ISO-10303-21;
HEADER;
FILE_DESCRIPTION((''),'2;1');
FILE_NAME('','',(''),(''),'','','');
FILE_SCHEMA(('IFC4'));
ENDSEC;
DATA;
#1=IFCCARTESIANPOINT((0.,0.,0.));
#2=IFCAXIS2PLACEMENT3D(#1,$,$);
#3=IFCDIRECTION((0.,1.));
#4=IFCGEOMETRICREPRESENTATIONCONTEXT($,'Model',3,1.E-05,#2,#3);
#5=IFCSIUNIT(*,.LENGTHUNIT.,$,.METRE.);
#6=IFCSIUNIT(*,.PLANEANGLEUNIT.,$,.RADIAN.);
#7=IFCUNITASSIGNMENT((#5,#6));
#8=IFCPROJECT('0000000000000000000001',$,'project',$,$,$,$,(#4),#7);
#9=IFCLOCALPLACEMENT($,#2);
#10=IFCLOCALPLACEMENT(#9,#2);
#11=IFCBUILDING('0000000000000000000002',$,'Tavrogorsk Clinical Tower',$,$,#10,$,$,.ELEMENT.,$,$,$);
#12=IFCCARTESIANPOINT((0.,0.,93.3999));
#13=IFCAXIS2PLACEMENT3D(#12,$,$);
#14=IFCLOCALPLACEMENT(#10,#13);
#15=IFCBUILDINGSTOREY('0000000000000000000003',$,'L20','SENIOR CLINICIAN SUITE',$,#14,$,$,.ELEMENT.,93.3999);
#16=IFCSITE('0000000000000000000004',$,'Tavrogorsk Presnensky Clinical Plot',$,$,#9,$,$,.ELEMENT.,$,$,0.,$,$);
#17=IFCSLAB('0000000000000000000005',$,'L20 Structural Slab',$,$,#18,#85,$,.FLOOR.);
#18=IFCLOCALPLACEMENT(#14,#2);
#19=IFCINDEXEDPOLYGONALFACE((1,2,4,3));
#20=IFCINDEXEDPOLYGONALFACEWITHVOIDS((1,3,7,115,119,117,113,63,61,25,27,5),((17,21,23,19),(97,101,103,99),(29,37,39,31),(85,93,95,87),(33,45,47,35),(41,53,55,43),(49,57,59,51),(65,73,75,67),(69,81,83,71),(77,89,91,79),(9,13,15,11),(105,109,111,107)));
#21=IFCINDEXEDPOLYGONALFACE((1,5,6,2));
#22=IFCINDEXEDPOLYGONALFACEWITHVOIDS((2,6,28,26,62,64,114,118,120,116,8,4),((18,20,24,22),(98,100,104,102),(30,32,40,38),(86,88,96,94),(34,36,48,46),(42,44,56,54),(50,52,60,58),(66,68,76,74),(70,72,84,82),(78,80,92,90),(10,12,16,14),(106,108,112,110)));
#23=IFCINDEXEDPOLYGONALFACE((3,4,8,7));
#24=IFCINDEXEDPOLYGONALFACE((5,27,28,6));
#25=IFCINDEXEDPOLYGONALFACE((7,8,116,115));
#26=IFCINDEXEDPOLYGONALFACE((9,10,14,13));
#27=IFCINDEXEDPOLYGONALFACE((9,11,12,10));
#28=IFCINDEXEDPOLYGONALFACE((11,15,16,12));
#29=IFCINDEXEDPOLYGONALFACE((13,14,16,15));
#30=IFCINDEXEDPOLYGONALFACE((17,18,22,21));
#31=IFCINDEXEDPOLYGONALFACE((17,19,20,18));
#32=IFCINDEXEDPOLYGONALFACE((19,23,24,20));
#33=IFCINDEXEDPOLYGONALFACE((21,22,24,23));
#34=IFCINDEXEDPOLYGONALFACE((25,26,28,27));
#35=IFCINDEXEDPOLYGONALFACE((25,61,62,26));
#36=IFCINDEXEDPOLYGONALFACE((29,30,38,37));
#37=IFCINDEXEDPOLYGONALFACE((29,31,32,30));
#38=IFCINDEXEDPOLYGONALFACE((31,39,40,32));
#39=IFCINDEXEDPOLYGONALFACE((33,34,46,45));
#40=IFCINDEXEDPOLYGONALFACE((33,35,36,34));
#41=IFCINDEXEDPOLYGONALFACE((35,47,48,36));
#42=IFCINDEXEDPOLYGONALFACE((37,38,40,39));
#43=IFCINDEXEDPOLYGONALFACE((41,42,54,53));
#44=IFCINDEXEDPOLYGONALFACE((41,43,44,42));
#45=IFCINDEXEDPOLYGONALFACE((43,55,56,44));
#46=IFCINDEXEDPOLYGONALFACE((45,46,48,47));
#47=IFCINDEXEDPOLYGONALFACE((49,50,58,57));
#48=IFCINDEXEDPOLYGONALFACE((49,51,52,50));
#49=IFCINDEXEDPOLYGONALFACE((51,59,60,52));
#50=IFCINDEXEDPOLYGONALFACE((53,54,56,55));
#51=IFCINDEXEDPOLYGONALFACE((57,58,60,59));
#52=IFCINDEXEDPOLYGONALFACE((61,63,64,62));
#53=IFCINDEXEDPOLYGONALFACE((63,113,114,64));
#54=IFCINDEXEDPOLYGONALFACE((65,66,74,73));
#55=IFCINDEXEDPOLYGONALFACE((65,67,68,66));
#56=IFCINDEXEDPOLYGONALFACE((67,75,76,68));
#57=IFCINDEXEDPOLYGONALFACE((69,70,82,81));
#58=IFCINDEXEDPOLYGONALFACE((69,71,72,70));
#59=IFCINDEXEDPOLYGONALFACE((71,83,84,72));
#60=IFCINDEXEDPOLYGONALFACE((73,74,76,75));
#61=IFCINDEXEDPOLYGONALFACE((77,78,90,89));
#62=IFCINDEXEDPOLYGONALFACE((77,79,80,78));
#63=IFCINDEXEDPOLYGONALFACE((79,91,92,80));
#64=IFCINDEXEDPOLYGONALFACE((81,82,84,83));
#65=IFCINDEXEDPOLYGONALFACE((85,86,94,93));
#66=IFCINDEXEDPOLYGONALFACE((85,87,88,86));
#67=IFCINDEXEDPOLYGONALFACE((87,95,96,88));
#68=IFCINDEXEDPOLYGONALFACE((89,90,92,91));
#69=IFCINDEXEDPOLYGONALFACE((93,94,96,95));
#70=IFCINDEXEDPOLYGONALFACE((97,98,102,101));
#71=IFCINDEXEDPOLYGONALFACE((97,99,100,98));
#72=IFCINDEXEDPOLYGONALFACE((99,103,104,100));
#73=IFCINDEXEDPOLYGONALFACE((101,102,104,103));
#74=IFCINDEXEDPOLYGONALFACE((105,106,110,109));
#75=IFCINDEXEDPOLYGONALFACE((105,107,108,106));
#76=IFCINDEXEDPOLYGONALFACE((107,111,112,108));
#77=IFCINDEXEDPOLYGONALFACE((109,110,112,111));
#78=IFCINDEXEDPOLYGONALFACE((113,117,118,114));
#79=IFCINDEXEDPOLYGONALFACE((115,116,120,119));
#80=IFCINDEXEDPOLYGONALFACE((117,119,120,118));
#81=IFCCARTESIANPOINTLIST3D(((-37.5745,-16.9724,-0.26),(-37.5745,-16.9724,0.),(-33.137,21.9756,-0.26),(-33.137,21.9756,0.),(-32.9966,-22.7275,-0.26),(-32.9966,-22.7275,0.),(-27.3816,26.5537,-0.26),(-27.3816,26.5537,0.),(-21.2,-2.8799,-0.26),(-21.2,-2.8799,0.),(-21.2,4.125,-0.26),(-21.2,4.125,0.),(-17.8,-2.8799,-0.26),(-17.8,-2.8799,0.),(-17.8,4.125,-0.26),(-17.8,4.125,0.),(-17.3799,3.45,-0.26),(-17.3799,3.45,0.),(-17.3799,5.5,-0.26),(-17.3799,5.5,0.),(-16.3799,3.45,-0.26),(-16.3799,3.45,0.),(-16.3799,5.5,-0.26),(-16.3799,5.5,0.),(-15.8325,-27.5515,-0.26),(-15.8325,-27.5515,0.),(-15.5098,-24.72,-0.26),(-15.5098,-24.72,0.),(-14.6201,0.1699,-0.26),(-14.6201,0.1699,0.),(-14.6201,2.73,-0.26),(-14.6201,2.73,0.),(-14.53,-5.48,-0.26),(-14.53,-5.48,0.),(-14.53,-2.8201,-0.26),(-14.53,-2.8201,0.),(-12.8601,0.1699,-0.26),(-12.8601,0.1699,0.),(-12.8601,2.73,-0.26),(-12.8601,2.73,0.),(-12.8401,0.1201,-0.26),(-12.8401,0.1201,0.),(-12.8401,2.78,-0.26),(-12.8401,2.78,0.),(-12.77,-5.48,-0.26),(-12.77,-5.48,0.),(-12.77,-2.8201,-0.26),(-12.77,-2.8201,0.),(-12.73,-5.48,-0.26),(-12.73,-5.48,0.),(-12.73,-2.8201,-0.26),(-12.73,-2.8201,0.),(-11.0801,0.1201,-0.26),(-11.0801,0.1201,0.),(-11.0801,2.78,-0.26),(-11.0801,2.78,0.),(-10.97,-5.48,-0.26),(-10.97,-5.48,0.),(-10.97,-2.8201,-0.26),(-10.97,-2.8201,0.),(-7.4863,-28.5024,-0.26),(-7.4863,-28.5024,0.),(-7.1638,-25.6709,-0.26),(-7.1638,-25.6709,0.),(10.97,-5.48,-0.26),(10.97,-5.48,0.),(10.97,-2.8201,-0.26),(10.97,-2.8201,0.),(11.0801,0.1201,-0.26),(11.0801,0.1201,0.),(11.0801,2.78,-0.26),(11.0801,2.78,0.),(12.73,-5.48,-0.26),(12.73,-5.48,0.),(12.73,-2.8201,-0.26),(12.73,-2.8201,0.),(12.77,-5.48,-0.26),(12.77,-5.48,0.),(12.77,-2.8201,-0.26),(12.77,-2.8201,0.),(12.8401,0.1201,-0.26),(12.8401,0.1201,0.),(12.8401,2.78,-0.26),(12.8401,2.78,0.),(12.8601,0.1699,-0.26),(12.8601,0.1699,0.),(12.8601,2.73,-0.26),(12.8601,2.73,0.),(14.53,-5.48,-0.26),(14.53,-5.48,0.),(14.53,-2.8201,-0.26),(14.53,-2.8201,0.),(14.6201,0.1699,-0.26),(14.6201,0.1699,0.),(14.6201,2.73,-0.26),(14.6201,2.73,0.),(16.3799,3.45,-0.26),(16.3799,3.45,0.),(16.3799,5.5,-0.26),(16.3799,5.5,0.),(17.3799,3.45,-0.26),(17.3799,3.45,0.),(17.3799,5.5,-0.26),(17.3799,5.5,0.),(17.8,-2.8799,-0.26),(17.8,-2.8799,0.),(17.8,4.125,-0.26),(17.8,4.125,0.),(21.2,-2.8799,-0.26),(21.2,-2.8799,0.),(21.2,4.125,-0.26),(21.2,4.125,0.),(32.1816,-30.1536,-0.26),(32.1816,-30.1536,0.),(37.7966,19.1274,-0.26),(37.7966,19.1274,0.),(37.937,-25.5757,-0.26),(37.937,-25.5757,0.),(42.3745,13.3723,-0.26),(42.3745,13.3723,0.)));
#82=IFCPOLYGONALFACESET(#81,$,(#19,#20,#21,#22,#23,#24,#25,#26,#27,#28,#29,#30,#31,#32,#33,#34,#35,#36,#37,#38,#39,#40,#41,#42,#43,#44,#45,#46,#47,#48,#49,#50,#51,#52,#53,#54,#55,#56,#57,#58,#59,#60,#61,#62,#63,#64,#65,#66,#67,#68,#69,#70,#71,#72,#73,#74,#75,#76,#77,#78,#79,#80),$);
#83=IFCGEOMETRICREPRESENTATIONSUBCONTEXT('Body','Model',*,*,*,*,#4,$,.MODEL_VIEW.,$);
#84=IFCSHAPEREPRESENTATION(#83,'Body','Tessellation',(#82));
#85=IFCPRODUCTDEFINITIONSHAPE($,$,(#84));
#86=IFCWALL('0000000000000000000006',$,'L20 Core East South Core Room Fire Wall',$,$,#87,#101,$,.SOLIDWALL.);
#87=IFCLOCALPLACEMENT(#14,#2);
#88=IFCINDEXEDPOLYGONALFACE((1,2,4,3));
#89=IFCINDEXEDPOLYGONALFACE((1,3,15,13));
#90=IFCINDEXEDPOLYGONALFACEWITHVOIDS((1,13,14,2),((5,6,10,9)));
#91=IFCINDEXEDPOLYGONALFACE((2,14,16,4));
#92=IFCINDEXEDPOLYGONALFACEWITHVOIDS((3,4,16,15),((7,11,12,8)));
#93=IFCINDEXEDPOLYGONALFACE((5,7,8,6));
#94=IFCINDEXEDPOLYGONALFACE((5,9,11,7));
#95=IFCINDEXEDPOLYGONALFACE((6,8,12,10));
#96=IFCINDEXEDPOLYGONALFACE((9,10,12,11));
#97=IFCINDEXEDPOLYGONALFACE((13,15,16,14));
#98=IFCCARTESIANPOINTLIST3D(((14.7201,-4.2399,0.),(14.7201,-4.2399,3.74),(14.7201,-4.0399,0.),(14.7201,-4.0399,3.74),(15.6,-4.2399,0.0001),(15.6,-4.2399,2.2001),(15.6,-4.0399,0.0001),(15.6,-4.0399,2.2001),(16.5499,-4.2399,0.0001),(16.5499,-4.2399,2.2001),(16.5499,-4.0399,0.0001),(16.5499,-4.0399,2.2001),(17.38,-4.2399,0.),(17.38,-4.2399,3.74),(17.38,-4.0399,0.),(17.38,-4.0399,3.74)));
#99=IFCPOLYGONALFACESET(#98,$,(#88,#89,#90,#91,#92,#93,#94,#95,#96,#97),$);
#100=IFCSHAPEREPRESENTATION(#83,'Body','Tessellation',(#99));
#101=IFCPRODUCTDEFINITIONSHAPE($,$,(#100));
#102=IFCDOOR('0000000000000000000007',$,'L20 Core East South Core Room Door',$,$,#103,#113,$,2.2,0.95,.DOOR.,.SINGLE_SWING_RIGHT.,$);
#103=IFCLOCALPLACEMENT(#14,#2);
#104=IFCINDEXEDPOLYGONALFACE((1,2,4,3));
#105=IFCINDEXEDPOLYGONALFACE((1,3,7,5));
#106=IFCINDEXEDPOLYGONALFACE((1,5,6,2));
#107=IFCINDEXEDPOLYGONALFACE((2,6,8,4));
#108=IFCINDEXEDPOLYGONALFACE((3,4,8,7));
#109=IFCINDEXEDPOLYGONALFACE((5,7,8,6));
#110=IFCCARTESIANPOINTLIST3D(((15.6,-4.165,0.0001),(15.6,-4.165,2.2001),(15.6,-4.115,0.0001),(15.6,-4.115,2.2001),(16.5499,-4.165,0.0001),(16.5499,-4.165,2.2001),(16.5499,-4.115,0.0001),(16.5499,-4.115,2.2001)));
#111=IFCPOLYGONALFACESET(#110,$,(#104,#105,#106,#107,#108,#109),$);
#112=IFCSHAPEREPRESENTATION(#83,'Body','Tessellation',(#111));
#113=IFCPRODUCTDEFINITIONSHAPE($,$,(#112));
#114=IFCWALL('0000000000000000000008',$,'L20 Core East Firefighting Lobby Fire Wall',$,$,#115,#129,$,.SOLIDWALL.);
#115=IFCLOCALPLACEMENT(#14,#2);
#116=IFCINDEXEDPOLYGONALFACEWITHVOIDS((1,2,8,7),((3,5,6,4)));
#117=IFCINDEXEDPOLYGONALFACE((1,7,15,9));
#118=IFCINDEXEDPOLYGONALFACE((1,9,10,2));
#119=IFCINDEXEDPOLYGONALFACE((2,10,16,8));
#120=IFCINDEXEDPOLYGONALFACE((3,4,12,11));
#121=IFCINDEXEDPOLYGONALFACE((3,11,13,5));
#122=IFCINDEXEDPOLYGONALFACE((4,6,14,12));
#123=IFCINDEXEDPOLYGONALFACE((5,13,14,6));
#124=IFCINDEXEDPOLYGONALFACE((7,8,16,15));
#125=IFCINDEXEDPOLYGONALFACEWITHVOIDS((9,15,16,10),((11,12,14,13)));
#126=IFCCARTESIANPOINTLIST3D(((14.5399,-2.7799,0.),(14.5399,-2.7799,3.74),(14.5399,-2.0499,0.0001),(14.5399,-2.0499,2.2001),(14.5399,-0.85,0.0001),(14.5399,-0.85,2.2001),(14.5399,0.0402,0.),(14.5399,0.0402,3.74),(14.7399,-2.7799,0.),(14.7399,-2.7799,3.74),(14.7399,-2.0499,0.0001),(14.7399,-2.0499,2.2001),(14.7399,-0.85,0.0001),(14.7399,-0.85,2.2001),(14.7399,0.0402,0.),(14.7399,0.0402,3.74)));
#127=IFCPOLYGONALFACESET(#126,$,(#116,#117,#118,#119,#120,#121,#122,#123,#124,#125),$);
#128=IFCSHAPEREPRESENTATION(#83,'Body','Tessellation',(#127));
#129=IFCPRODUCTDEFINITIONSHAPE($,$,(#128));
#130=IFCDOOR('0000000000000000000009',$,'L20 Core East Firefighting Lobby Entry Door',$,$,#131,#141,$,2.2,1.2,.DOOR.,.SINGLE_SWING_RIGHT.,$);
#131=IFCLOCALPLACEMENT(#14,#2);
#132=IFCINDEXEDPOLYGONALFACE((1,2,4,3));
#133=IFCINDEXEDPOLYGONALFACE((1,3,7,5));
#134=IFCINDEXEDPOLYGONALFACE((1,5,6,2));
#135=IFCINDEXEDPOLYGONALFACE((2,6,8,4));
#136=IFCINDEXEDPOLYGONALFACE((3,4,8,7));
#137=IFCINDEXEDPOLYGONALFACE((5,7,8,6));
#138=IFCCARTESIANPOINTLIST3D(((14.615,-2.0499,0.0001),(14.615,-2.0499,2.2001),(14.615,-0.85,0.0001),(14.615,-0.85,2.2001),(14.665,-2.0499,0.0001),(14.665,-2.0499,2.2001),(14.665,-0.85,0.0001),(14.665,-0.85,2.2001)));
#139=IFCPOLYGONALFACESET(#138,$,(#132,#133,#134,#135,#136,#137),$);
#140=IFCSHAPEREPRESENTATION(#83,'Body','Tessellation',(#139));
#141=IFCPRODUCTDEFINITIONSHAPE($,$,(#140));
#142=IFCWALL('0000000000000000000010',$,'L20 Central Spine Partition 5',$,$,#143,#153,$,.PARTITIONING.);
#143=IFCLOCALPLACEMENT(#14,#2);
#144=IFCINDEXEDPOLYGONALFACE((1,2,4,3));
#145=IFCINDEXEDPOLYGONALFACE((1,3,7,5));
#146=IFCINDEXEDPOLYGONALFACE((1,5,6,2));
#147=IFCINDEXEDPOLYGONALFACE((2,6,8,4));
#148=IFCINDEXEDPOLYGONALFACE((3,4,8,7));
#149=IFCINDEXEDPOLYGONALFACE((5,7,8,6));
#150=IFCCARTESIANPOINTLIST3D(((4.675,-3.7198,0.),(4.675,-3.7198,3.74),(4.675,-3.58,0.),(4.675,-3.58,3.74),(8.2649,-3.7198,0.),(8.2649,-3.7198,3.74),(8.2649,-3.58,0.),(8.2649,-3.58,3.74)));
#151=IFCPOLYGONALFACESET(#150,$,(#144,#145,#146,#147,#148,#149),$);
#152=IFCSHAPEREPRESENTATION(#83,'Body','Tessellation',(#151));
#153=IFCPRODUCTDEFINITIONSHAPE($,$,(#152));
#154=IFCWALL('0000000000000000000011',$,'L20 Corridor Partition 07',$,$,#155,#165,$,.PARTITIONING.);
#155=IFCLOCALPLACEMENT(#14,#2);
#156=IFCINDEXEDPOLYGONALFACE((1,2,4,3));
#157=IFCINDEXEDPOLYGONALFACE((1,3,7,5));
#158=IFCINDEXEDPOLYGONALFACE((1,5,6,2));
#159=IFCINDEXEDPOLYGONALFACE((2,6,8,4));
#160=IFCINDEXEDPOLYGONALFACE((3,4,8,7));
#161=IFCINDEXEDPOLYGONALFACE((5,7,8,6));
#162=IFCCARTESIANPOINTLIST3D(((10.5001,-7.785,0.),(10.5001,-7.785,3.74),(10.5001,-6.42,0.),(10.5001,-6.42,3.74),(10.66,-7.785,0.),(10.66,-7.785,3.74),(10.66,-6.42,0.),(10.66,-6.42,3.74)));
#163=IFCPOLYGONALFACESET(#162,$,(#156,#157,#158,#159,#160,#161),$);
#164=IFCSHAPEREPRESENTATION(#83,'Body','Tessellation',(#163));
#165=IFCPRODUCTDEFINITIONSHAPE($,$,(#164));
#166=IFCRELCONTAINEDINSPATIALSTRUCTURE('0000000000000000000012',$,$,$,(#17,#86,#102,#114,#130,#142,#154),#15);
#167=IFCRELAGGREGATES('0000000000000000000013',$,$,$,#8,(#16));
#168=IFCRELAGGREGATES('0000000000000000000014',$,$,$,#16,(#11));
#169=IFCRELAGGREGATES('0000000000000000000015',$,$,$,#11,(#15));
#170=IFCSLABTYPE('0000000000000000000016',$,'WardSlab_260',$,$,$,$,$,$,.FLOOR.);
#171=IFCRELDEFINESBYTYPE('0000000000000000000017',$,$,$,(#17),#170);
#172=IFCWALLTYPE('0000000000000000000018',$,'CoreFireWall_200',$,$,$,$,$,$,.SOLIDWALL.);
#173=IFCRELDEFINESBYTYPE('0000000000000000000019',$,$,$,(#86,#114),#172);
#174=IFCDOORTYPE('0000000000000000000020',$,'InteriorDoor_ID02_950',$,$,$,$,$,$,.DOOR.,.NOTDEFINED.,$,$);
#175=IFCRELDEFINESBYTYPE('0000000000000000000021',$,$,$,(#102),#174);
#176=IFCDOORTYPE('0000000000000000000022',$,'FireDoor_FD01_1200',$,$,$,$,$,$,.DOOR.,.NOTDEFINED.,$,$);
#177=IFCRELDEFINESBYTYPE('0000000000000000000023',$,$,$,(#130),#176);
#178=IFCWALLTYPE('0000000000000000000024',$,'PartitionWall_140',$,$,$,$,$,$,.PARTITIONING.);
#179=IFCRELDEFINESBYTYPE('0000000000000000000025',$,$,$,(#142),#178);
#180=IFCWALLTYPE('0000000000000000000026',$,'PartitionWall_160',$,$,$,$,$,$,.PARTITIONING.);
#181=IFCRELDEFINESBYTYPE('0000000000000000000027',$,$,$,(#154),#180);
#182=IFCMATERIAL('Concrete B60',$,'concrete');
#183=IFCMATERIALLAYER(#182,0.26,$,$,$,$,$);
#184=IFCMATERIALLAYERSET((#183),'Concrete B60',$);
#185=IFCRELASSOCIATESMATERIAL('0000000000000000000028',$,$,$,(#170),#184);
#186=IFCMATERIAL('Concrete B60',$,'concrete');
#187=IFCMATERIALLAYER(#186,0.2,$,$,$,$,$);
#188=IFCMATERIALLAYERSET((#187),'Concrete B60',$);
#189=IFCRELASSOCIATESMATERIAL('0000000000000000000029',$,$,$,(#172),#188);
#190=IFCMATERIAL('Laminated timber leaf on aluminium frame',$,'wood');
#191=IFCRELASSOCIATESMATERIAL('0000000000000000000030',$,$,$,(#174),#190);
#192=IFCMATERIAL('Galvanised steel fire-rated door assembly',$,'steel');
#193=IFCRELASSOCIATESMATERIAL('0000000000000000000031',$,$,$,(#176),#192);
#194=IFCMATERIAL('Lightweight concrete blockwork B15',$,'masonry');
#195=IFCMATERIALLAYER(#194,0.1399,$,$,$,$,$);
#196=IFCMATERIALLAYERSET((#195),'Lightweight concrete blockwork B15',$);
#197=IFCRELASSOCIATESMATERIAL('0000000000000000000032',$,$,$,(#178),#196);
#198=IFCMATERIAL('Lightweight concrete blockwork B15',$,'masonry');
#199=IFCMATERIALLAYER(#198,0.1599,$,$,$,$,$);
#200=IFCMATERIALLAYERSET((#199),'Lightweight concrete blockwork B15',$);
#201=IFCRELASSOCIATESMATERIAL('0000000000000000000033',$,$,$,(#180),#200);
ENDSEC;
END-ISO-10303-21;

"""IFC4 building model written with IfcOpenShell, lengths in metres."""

from ifc_helpers import new_model, si_unit, direction, frame, frame_2d, origin, place, context, subcontext, project, spatial, polyline, rectangle, outline, extrude, material, layer, layer_set, type_object, element, fill, save


model = new_model("IFC4")

# Units and contexts
model_context = context("Model", 3, precision=1e-05, world=origin(), true_north=direction((0.0, 1.0)))
body_context = subcontext(model_context, "Body", "Model", "MODEL_VIEW")
ifc_project = project(units=[si_unit("LENGTHUNIT", "METRE"), si_unit("PLANEANGLEUNIT", "RADIAN")], contexts=[model_context])

# Site, building, storey
site_placement = place(None, origin())
site = spatial("IfcSite", under=ifc_project, at=site_placement, Name="Tavrogorsk Presnensky Clinical Plot", CompositionType="ELEMENT", RefElevation=0.0)
building_placement = place(site_placement, origin())
building = spatial("IfcBuilding", under=site, at=building_placement, Name="Tavrogorsk Clinical Tower", CompositionType="ELEMENT")
storey_placement = place(building_placement, frame((0.0, 0.0, 93.3999)))
storey = spatial("IfcBuildingStorey", under=building, at=storey_placement, Name="L20", Description="SENIOR CLINICIAN SUITE", CompositionType="ELEMENT", Elevation=93.3999)

# Slab
ifc_material_1 = material(Name="Concrete B60", Category="concrete")
ifc_layer_1 = layer(ifc_material_1, 0.26)
ifc_layer_set_1 = layer_set([ifc_layer_1], Name="Concrete B60")
slab_type_1 = type_object("IfcSlabType", Name="WardSlab_260", PredefinedType="FLOOR", material=ifc_layer_set_1)
slab_1_placement = place(storey_placement, frame((0.0, 0.0, -0.26)))
element("IfcSlab", 1, at=slab_1_placement, inside=storey, type_object=slab_type_1, Name="L20 Structural Slab", PredefinedType="FLOOR", context=body_context, shape_type="SweptSolid", body=[
    extrude(outline(polyline([(-32.9966, -22.7275), (-37.5745, -16.9724), (-33.137, 21.9756), (-27.3816, 26.5537), (37.7966, 19.1274), (42.3745, 13.3723), (37.937, -25.5757), (32.1816, -30.1536), (-7.1638, -25.6709), (-7.4863, -28.5024), (-15.8325, -27.5515), (-15.5098, -24.72), (-32.9966, -22.7275)]), holes=[polyline([(-17.8, -2.8799), (-17.8, 4.125), (-21.2, 4.125), (-21.2, -2.8799), (-17.8, -2.8799)]), polyline([(21.2, -2.8799), (21.2, 4.125), (17.8, 4.125), (17.8, -2.8799), (21.2, -2.8799)]), polyline([(-14.6201, 0.1699), (-12.8601, 0.1699), (-12.8601, 2.73), (-14.6201, 2.73), (-14.6201, 0.1699)]), polyline([(-14.53, -5.48), (-12.77, -5.48), (-12.77, -2.8201), (-14.53, -2.8201), (-14.53, -5.48)]), polyline([(-12.73, -5.48), (-10.97, -5.48), (-10.97, -2.8201), (-12.73, -2.8201), (-12.73, -5.48)]), polyline([(-12.8401, 0.1201), (-11.0801, 0.1201), (-11.0801, 2.78), (-12.8401, 2.78), (-12.8401, 0.1201)]), polyline([(12.8601, 0.1699), (14.6201, 0.1699), (14.6201, 2.73), (12.8601, 2.73), (12.8601, 0.1699)]), polyline([(12.77, -5.48), (14.53, -5.48), (14.53, -2.8201), (12.77, -2.8201), (12.77, -5.48)]), polyline([(10.97, -5.48), (12.73, -5.48), (12.73, -2.8201), (10.97, -2.8201), (10.97, -5.48)]), polyline([(11.0801, 0.1201), (12.8401, 0.1201), (12.8401, 2.78), (11.0801, 2.78), (11.0801, 0.1201)]), polyline([(-17.3799, 3.45), (-16.3799, 3.45), (-16.3799, 5.5), (-17.3799, 5.5), (-17.3799, 3.45)]), polyline([(16.3799, 3.45), (17.3799, 3.45), (17.3799, 5.5), (16.3799, 5.5), (16.3799, 3.45)])]), origin(), (0.0, 0.0, 1.0), 0.26),
])

# Walls, openings, doors
ifc_material_2 = material(Name="Concrete B60", Category="concrete")
ifc_layer_2 = layer(ifc_material_2, 0.2)
ifc_layer_set_2 = layer_set([ifc_layer_2], Name="Concrete B60")
wall_type_1 = type_object("IfcWallType", Name="CoreFireWall_200", PredefinedType="SOLIDWALL", material=ifc_layer_set_2)
wall_1_placement = place(storey_placement, frame((14.72, -4.1399, 0.0), z_axis=(0.0, 0.0, 1.0), x_axis=(1.0, 0.0, 0.0)))
wall_1 = element("IfcWall", 2, at=wall_1_placement, inside=storey, type_object=wall_type_1, Name="L20 Core East South Core Room Fire Wall", PredefinedType="SOLIDWALL", context=body_context, shape_type="SweptSolid", body=[
    extrude(rectangle(XDim=2.6599, YDim=0.2, at=frame_2d((1.3301, 0.0))), origin(), (0.0, 0.0, 1.0), 3.74),
])
opening_1_placement = place(wall_1_placement, frame((0.8799, 0.0, 0.0)))
opening_1 = element("IfcOpeningElement", 3, at=opening_1_placement, cuts=wall_1, PredefinedType="OPENING", context=body_context, shape_type="SweptSolid", body=[
    extrude(rectangle(XDim=0.95, YDim=2.2, at=frame_2d((0.4751, 1.1001))), frame((0.0, 0.1099, 0.0), z_axis=(0.0, -1.0, 0.0), x_axis=(1.0, 0.0, 0.0)), (0.0, 0.0, 1.0), 0.22),
])
ifc_material_3 = material(Name="Laminated timber leaf on aluminium frame", Category="wood")
door_type_1 = type_object("IfcDoorType", Name="InteriorDoor_ID02_950", OperationType="NOTDEFINED", PredefinedType="DOOR", material=ifc_material_3)
door_1_placement = place(opening_1_placement, origin())
door_1 = element("IfcDoor", 4, at=door_1_placement, inside=storey, type_object=door_type_1, Name="L20 Core East South Core Room Door", OperationType="SINGLE_SWING_RIGHT", OverallHeight=2.2, OverallWidth=0.95, PredefinedType="DOOR", context=body_context, shape_type="SweptSolid", body=[
    extrude(rectangle(XDim=0.95, YDim=2.2, at=frame_2d((0.4751, 1.1001))), frame((0.0, 0.0249, 0.0), z_axis=(0.0, -1.0, 0.0), x_axis=(1.0, 0.0, 0.0)), (0.0, 0.0, 1.0), 0.05),
])
fill(opening_1, door_1)
wall_2_placement = place(storey_placement, frame((14.6399, -2.78, 0.0), z_axis=(0.0, 0.0, 1.0), x_axis=(0.0, 1.0, 0.0)))
wall_2 = element("IfcWall", 5, at=wall_2_placement, inside=storey, type_object=wall_type_1, Name="L20 Core East Firefighting Lobby Fire Wall", PredefinedType="SOLIDWALL", context=body_context, shape_type="SweptSolid", body=[
    extrude(rectangle(XDim=2.8201, YDim=0.2, at=frame_2d((1.4102, 0.0))), origin(), (0.0, 0.0, 1.0), 3.74),
])
opening_2_placement = place(wall_2_placement, frame((0.73, 0.0, 0.0)))
opening_2 = element("IfcOpeningElement", 6, at=opening_2_placement, cuts=wall_2, PredefinedType="OPENING", context=body_context, shape_type="SweptSolid", body=[
    extrude(rectangle(XDim=1.2, YDim=2.2, at=frame_2d((0.6001, 1.1001))), frame((0.0, 0.1099, 0.0), z_axis=(0.0, -1.0, 0.0), x_axis=(1.0, 0.0, 0.0)), (0.0, 0.0, 1.0), 0.22),
])
ifc_material_4 = material(Name="Galvanised steel fire-rated door assembly", Category="steel")
door_type_2 = type_object("IfcDoorType", Name="FireDoor_FD01_1200", OperationType="NOTDEFINED", PredefinedType="DOOR", material=ifc_material_4)
door_2_placement = place(opening_2_placement, origin())
door_2 = element("IfcDoor", 7, at=door_2_placement, inside=storey, type_object=door_type_2, Name="L20 Core East Firefighting Lobby Entry Door", OperationType="SINGLE_SWING_RIGHT", OverallHeight=2.2, OverallWidth=1.2, PredefinedType="DOOR", context=body_context, shape_type="SweptSolid", body=[
    extrude(rectangle(XDim=1.2, YDim=2.2, at=frame_2d((0.6001, 1.1001))), frame((0.0, 0.0249, 0.0), z_axis=(0.0, -1.0, 0.0), x_axis=(1.0, 0.0, 0.0)), (0.0, 0.0, 1.0), 0.05),
])
fill(opening_2, door_2)

# Walls
ifc_material_5 = material(Name="Lightweight concrete blockwork B15", Category="masonry")
ifc_layer_3 = layer(ifc_material_5, 0.1399)
ifc_layer_set_3 = layer_set([ifc_layer_3], Name="Lightweight concrete blockwork B15")
wall_type_2 = type_object("IfcWallType", Name="PartitionWall_140", PredefinedType="PARTITIONING", material=ifc_layer_set_3)
wall_3_placement = place(storey_placement, frame((4.675, -3.6499, 0.0), z_axis=(0.0, 0.0, 1.0), x_axis=(1.0, 0.0, 0.0)))
element("IfcWall", 8, at=wall_3_placement, inside=storey, type_object=wall_type_2, Name="L20 Central Spine Partition 5", PredefinedType="PARTITIONING", context=body_context, shape_type="SweptSolid", body=[
    extrude(rectangle(XDim=3.5898, YDim=0.1399, at=frame_2d((1.7949, 0.0))), origin(), (0.0, 0.0, 1.0), 3.74),
])
ifc_material_6 = material(Name="Lightweight concrete blockwork B15", Category="masonry")
ifc_layer_4 = layer(ifc_material_6, 0.1599)
ifc_layer_set_4 = layer_set([ifc_layer_4], Name="Lightweight concrete blockwork B15")
wall_type_3 = type_object("IfcWallType", Name="PartitionWall_160", PredefinedType="PARTITIONING", material=ifc_layer_set_4)
wall_4_placement = place(storey_placement, frame((10.5801, -6.4199, 0.0), z_axis=(0.0, 0.0, 1.0), x_axis=(0.0, -1.0, 0.0)))
element("IfcWall", 9, at=wall_4_placement, inside=storey, type_object=wall_type_3, Name="L20 Corridor Partition 07", PredefinedType="PARTITIONING", context=body_context, shape_type="SweptSolid", body=[
    extrude(rectangle(XDim=1.365, YDim=0.1599, at=frame_2d((0.6826, 0.0))), origin(), (0.0, 0.0, 1.0), 3.74),
])

save(model, "model.ifc")
